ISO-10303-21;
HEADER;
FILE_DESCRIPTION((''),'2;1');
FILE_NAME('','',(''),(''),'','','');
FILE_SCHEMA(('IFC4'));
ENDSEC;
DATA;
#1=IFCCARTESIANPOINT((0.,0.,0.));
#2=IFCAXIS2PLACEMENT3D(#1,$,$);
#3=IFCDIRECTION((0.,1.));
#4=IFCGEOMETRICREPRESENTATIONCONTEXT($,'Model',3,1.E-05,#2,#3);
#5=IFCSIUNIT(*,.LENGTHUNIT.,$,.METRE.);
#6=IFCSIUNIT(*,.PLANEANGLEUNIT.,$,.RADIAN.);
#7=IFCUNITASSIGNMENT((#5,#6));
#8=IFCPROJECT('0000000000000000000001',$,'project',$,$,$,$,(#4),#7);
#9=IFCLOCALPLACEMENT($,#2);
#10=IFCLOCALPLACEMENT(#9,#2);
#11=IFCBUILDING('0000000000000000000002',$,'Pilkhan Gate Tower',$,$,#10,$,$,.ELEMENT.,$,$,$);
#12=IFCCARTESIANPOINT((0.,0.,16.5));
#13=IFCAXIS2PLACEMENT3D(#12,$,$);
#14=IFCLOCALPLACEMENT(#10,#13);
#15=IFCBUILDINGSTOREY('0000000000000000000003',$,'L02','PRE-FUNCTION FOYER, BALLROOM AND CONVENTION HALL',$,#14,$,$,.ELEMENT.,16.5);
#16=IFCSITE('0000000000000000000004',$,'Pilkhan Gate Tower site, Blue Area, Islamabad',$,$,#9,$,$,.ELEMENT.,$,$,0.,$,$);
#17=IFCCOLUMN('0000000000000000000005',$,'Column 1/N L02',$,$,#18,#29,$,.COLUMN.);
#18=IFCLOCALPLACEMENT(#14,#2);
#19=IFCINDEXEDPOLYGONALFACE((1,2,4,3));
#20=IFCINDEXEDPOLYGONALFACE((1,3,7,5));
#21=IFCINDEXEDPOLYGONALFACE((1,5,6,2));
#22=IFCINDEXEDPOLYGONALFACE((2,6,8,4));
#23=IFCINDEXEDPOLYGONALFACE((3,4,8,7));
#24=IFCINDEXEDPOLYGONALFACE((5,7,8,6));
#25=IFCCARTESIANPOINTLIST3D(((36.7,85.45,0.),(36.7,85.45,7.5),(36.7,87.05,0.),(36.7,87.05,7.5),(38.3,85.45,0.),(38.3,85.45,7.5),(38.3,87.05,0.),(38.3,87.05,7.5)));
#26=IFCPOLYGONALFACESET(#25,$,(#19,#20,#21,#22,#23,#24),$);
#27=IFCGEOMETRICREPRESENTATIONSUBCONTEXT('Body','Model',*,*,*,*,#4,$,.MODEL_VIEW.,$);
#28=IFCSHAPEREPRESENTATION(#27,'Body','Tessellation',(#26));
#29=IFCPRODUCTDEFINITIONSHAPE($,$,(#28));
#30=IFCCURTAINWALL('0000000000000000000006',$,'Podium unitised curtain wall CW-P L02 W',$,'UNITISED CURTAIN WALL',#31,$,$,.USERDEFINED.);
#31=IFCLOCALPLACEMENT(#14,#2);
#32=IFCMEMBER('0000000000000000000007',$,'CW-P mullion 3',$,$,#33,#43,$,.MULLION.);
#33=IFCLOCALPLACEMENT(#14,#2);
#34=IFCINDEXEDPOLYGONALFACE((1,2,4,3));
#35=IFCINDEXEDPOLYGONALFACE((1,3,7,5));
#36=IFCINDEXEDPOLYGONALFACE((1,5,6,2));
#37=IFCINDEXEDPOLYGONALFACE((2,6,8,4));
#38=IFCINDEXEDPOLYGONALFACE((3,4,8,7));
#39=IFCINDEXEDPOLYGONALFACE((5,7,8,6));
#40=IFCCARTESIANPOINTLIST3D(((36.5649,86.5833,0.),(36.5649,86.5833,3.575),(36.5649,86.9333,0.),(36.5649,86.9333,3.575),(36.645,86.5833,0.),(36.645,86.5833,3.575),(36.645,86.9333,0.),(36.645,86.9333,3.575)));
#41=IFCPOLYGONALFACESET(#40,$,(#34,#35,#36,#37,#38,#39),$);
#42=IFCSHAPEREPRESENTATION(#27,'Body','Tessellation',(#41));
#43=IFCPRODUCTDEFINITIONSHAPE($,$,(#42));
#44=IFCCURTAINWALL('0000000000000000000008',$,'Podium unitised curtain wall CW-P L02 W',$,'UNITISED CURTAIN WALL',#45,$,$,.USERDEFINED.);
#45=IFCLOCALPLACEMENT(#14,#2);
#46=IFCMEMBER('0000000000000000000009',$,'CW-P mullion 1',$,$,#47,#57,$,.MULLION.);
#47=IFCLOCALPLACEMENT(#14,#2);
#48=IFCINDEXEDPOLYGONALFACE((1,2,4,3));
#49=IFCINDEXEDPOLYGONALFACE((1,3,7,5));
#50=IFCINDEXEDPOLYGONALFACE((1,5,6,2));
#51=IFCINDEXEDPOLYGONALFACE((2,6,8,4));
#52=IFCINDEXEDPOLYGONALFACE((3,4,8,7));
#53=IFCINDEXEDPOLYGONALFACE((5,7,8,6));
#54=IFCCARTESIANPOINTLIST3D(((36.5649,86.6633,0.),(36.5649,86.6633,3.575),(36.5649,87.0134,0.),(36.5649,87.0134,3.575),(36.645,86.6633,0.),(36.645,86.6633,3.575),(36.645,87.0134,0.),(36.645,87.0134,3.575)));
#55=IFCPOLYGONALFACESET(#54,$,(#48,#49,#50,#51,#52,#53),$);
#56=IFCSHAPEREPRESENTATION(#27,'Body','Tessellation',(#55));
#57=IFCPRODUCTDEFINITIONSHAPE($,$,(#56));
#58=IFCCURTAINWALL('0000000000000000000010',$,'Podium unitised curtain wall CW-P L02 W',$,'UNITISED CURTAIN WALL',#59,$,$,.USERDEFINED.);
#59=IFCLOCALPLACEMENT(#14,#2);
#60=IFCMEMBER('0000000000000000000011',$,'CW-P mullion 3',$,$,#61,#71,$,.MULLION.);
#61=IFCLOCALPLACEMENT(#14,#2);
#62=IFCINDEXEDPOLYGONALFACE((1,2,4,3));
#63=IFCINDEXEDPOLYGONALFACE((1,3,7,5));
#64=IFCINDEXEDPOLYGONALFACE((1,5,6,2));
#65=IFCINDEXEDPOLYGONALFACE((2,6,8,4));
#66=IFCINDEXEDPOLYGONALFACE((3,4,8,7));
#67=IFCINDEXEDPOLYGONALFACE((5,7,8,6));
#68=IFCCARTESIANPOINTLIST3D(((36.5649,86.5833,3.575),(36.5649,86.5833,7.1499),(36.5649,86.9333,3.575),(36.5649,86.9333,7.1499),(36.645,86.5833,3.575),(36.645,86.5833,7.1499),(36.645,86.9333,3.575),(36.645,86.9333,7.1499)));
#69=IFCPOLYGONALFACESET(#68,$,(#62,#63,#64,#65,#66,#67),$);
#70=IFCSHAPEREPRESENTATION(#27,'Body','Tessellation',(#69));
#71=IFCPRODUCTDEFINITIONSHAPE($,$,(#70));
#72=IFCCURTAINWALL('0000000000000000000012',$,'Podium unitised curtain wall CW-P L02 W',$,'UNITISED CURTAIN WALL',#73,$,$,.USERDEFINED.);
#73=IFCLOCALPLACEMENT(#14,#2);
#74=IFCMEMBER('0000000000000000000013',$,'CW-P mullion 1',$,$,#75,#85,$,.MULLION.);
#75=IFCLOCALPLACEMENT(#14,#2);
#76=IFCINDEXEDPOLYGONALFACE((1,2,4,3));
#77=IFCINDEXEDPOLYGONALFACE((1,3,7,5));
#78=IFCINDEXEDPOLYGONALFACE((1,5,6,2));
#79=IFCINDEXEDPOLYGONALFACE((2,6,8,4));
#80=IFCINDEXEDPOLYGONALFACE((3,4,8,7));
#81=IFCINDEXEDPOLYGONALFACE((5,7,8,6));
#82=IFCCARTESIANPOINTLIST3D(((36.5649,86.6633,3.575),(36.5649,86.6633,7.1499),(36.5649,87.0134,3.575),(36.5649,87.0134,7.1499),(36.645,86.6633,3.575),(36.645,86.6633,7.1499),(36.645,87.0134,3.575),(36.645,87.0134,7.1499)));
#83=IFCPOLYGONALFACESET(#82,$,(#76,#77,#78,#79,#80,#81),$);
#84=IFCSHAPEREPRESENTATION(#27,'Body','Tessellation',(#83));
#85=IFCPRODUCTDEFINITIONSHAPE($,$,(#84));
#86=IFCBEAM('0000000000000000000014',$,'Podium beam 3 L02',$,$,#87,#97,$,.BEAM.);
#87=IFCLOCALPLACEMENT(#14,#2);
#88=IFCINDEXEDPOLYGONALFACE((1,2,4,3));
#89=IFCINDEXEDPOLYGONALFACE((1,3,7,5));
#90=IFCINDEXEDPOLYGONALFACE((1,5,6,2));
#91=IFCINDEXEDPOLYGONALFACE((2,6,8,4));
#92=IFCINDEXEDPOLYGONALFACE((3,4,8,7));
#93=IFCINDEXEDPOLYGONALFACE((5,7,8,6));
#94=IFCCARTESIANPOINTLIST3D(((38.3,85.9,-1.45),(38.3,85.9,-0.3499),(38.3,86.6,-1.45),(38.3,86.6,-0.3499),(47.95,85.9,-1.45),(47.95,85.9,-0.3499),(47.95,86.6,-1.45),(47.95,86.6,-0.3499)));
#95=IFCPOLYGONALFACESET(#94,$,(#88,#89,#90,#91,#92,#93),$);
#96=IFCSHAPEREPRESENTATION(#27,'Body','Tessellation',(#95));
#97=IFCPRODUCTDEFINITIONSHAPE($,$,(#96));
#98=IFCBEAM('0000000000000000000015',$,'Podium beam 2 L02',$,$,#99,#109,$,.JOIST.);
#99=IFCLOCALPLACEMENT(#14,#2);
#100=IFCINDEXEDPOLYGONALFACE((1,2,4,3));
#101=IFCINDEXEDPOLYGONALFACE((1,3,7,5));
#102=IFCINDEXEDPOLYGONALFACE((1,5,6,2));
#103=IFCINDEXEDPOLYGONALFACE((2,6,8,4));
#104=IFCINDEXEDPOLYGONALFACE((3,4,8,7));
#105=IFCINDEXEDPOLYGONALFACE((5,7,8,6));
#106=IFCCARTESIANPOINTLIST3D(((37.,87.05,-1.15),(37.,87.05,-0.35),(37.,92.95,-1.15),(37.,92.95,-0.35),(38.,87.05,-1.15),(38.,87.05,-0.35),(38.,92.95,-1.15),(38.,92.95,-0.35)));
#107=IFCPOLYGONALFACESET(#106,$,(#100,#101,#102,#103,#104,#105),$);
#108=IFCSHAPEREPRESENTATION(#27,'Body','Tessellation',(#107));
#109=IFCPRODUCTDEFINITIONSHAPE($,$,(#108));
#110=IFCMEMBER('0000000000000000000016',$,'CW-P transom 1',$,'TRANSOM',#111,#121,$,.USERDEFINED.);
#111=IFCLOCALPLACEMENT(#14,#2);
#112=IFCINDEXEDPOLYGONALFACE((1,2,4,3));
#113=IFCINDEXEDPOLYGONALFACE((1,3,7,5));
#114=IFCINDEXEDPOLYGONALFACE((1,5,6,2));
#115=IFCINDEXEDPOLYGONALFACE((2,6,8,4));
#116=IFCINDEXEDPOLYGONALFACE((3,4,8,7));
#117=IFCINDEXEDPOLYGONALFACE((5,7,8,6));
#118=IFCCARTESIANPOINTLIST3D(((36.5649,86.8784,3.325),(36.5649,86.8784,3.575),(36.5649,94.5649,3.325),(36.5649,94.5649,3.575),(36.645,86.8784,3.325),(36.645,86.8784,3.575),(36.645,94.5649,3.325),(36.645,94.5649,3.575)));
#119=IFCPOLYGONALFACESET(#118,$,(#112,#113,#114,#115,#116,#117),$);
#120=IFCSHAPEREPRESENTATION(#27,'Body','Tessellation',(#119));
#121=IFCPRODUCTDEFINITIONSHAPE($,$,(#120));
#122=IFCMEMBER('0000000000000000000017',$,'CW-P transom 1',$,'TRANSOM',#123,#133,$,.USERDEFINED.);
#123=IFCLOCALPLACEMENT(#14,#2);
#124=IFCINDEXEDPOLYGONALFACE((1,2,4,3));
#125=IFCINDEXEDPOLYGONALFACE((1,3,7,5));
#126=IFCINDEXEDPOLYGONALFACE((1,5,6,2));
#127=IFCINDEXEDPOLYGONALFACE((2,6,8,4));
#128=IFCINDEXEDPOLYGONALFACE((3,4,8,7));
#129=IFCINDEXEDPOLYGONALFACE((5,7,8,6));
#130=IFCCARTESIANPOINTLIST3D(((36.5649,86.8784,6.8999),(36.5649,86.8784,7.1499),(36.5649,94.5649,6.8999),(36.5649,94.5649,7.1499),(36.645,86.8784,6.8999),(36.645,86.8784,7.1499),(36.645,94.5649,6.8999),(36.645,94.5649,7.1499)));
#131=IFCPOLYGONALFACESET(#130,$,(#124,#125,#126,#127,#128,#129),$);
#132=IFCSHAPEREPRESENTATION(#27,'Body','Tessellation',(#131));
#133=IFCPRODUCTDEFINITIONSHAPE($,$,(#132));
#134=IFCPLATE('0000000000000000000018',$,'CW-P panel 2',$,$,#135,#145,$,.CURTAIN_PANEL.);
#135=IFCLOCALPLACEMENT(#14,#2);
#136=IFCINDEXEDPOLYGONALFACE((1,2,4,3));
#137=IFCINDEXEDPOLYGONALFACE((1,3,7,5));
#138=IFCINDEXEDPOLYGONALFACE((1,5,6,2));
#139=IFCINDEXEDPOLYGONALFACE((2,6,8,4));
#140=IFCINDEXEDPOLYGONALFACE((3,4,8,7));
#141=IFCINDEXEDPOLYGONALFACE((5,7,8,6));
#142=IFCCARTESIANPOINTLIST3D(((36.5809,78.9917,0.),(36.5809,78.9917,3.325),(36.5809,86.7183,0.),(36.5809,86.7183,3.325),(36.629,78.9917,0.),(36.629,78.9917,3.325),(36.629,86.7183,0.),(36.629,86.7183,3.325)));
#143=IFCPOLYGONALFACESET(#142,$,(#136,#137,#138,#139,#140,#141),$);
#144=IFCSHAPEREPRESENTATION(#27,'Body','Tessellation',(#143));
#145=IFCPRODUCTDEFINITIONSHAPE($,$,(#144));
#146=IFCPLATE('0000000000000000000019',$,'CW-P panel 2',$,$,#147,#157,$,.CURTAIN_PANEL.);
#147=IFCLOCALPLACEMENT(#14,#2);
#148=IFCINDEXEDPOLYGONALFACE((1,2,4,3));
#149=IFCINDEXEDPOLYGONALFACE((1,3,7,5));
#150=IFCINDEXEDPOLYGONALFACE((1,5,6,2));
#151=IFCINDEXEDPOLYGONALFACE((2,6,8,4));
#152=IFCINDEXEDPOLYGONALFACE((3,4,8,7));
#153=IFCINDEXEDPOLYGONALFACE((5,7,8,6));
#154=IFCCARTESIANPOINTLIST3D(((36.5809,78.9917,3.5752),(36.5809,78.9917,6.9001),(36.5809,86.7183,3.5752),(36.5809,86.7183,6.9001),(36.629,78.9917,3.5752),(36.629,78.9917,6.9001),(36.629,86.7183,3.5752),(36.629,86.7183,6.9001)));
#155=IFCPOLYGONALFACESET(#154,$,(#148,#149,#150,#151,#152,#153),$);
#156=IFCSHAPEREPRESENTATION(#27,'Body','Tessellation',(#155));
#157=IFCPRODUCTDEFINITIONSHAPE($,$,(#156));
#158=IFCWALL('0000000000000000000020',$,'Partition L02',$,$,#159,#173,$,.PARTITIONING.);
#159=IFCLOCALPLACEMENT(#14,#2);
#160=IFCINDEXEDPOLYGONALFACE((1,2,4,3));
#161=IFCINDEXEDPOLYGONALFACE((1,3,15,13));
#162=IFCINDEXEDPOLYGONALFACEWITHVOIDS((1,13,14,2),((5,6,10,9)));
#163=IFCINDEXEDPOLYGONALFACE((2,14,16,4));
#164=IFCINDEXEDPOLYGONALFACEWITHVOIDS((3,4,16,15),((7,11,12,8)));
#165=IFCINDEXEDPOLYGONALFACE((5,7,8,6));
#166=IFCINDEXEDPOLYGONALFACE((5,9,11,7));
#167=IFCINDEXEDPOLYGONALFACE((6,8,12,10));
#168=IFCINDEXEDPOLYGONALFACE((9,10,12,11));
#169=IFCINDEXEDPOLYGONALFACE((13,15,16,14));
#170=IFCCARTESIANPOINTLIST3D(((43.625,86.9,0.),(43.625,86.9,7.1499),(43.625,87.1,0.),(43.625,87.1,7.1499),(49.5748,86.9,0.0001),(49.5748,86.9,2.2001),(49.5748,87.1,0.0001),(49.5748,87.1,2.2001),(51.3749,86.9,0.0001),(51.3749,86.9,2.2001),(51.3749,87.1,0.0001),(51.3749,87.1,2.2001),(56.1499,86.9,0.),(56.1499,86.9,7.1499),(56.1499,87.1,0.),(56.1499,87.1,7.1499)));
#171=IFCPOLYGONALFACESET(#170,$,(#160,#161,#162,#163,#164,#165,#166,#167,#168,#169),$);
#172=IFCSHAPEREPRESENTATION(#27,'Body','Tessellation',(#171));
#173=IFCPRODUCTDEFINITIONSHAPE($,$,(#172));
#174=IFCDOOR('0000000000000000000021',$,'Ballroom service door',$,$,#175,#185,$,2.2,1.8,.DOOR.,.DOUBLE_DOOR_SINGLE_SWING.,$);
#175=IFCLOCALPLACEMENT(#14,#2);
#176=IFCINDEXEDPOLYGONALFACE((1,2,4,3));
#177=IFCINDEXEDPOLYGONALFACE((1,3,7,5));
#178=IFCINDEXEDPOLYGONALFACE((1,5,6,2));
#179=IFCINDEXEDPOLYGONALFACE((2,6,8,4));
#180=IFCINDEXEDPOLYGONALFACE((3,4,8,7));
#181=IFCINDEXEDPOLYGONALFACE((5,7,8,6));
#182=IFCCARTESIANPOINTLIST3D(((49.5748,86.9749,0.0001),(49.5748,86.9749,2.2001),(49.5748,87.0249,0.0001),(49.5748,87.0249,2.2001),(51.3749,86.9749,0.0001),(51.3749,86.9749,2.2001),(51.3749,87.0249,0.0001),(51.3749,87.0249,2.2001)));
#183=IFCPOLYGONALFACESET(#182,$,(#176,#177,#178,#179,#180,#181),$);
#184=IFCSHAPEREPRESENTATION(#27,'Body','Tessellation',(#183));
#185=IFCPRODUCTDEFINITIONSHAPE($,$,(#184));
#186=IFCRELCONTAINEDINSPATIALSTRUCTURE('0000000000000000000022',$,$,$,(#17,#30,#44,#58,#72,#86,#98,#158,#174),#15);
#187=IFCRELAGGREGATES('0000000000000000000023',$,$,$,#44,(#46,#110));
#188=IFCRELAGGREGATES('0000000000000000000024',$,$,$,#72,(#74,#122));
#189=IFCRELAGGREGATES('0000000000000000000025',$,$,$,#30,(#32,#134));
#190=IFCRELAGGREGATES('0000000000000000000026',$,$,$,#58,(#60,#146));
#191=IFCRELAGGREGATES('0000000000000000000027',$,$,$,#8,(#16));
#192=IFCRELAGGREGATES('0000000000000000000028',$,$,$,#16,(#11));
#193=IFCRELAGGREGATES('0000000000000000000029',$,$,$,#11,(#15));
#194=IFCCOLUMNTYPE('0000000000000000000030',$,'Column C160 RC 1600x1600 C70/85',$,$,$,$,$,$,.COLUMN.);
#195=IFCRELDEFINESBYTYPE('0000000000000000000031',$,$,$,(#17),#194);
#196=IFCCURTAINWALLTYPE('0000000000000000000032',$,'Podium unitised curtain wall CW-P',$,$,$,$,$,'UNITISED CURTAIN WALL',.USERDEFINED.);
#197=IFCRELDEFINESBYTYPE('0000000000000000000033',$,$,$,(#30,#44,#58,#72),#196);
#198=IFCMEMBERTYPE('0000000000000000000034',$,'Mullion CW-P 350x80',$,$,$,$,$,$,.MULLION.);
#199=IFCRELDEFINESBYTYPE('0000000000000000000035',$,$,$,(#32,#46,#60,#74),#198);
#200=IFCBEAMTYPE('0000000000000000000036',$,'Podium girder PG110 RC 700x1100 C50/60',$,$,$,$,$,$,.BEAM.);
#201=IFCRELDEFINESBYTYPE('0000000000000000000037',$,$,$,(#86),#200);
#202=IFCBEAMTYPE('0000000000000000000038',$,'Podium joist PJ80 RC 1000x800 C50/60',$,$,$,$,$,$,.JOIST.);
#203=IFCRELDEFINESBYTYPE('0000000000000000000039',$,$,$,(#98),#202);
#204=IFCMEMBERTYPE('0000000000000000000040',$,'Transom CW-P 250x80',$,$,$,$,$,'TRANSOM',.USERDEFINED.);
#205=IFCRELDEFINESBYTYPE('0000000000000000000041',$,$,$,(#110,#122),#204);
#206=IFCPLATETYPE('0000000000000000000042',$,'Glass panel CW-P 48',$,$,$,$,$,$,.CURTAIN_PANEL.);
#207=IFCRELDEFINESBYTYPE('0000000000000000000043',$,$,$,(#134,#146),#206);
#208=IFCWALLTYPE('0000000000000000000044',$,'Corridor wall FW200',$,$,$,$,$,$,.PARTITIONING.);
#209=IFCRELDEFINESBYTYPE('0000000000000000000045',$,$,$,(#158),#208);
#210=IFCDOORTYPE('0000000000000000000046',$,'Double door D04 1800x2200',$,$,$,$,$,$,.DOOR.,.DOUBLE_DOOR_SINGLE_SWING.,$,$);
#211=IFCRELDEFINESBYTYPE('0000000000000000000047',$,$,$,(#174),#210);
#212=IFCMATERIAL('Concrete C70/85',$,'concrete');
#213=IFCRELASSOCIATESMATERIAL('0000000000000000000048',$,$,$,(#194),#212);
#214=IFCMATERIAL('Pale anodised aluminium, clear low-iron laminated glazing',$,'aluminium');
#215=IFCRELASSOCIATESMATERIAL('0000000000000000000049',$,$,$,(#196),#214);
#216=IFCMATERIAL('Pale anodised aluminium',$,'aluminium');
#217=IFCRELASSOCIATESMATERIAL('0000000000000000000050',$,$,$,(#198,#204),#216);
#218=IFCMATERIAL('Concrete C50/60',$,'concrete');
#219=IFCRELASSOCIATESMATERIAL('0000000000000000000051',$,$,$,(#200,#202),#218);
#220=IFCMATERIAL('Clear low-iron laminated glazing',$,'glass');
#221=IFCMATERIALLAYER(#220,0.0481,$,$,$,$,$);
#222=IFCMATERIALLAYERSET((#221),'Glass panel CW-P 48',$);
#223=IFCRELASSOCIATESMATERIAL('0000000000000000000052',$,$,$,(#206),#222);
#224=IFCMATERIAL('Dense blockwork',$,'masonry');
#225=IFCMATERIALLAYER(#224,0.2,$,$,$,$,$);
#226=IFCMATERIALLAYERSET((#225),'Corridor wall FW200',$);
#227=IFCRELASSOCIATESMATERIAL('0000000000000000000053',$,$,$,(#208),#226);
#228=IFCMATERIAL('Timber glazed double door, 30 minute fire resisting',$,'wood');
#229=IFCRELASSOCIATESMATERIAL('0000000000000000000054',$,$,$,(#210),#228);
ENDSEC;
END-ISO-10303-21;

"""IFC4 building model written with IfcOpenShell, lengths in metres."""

from ifc_helpers import new_model, si_unit, direction, frame, frame_2d, origin, origin_2d, place, context, subcontext, project, spatial, rectangle, extrude, material, layer, layer_set, material_profile, profile_set, type_object, element, fill, aggregate, save


model = new_model("IFC4")

# Units and contexts
model_context = context("Model", 3, precision=1e-05, world=origin(), true_north=direction((0.0, 1.0)))
body_context = subcontext(model_context, "Body", "Model", "MODEL_VIEW")
ifc_project = project(units=[si_unit("LENGTHUNIT", "METRE"), si_unit("PLANEANGLEUNIT", "RADIAN")], contexts=[model_context])

# Site, building, storey
site_placement = place(None, origin())
site = spatial("IfcSite", under=ifc_project, at=site_placement, Name="Pilkhan Gate Tower site, Blue Area, Islamabad", CompositionType="ELEMENT", RefElevation=0.0)
building_placement = place(site_placement, origin())
building = spatial("IfcBuilding", under=site, at=building_placement, Name="Pilkhan Gate Tower", CompositionType="ELEMENT")
storey_placement = place(building_placement, frame((0.0, 0.0, 16.5)))
storey = spatial("IfcBuildingStorey", under=building, at=storey_placement, Name="L02", Description="PRE-FUNCTION FOYER, BALLROOM AND CONVENTION HALL", CompositionType="ELEMENT", Elevation=16.5)

# Column
ifc_material_1 = material(Name="Concrete C70/85", Category="concrete")
ifc_material_profile_1 = material_profile(ifc_material_1, rectangle(XDim=1.6001, YDim=1.6001, at=origin_2d()), Name="RC 1600x1600")
ifc_profile_set_1 = profile_set([ifc_material_profile_1], Name="Concrete C70/85")
column_type = type_object("IfcColumnType", Name="Column C160 RC 1600x1600 C70/85", PredefinedType="COLUMN", material=ifc_profile_set_1)
column_placement = place(storey_placement, frame((37.5, 86.25, 0.0), z_axis=(0.0, 0.0, 1.0), x_axis=(1.0, 0.0, 0.0)))
element("IfcColumn", 1, at=column_placement, inside=storey, type_object=column_type, Name="Column 1/N L02", PredefinedType="COLUMN", context=body_context, shape_type="SweptSolid", body=[
    extrude(rectangle(XDim=1.6001, YDim=1.6001, at=origin_2d()), origin(), (0.0, 0.0, 1.0), 7.5),
])

# Curtain walls, members
ifc_material_2 = material(Name="Pale anodised aluminium, clear low-iron laminated glazing", Category="aluminium")
curtain_wall_type = type_object("IfcCurtainWallType", Name="Podium unitised curtain wall CW-P", ElementType="UNITISED CURTAIN WALL", PredefinedType="USERDEFINED", material=ifc_material_2)
curtain_wall_1_placement = place(storey_placement, origin())
curtain_wall_1 = element("IfcCurtainWall", 2, at=curtain_wall_1_placement, inside=storey, type_object=curtain_wall_type, Name="Podium unitised curtain wall CW-P L02 W", ObjectType="UNITISED CURTAIN WALL", PredefinedType="USERDEFINED")
ifc_material_3 = material(Name="Pale anodised aluminium", Category="aluminium")
ifc_material_profile_2 = material_profile(ifc_material_3, rectangle(XDim=0.0801, YDim=0.3501, at=origin_2d()), Name="Mullion 350x80")
ifc_profile_set_2 = profile_set([ifc_material_profile_2], Name="Pale anodised aluminium")
member_type_1 = type_object("IfcMemberType", Name="Mullion CW-P 350x80", PredefinedType="MULLION", material=ifc_profile_set_2)
member_1_placement = place(storey_placement, frame((36.605, 86.7583, 0.0), z_axis=(0.0, 0.0, 1.0), x_axis=(-1.0, 0.0, 0.0)))
member_1 = element("IfcMember", 3, at=member_1_placement, type_object=member_type_1, Name="CW-P mullion 3", PredefinedType="MULLION", context=body_context, shape_type="SweptSolid", body=[
    extrude(rectangle(XDim=0.0801, YDim=0.3501, at=origin_2d()), origin(), (0.0, 0.0, 1.0), 3.575),
])
curtain_wall_2_placement = place(storey_placement, origin())
curtain_wall_2 = element("IfcCurtainWall", 4, at=curtain_wall_2_placement, inside=storey, type_object=curtain_wall_type, Name="Podium unitised curtain wall CW-P L02 W", ObjectType="UNITISED CURTAIN WALL", PredefinedType="USERDEFINED")
member_2_placement = place(storey_placement, frame((36.605, 86.8384, 0.0), z_axis=(0.0, 0.0, 1.0), x_axis=(-1.0, 0.0, 0.0)))
member_2 = element("IfcMember", 5, at=member_2_placement, type_object=member_type_1, Name="CW-P mullion 1", PredefinedType="MULLION", context=body_context, shape_type="SweptSolid", body=[
    extrude(rectangle(XDim=0.0801, YDim=0.3501, at=origin_2d()), origin(), (0.0, 0.0, 1.0), 3.575),
])
curtain_wall_3_placement = place(storey_placement, origin())
curtain_wall_3 = element("IfcCurtainWall", 6, at=curtain_wall_3_placement, inside=storey, type_object=curtain_wall_type, Name="Podium unitised curtain wall CW-P L02 W", ObjectType="UNITISED CURTAIN WALL", PredefinedType="USERDEFINED")
member_3_placement = place(storey_placement, frame((36.605, 86.7583, 3.575), z_axis=(0.0, 0.0, 1.0), x_axis=(-1.0, 0.0, 0.0)))
member_3 = element("IfcMember", 7, at=member_3_placement, type_object=member_type_1, Name="CW-P mullion 3", PredefinedType="MULLION", context=body_context, shape_type="SweptSolid", body=[
    extrude(rectangle(XDim=0.0801, YDim=0.3501, at=origin_2d()), origin(), (0.0, 0.0, 1.0), 3.575),
])
curtain_wall_4_placement = place(storey_placement, origin())
curtain_wall_4 = element("IfcCurtainWall", 8, at=curtain_wall_4_placement, inside=storey, type_object=curtain_wall_type, Name="Podium unitised curtain wall CW-P L02 W", ObjectType="UNITISED CURTAIN WALL", PredefinedType="USERDEFINED")
member_4_placement = place(storey_placement, frame((36.605, 86.8384, 3.575), z_axis=(0.0, 0.0, 1.0), x_axis=(-1.0, 0.0, 0.0)))
member_4 = element("IfcMember", 9, at=member_4_placement, type_object=member_type_1, Name="CW-P mullion 1", PredefinedType="MULLION", context=body_context, shape_type="SweptSolid", body=[
    extrude(rectangle(XDim=0.0801, YDim=0.3501, at=origin_2d()), origin(), (0.0, 0.0, 1.0), 3.575),
])

# Beams
ifc_material_4 = material(Name="Concrete C50/60", Category="concrete")
ifc_material_profile_3 = material_profile(ifc_material_4, rectangle(XDim=0.7, YDim=1.1001, at=origin_2d()), Name="RC 700x1100")
ifc_profile_set_3 = profile_set([ifc_material_profile_3], Name="Concrete C50/60")
beam_type_1 = type_object("IfcBeamType", Name="Podium girder PG110 RC 700x1100 C50/60", PredefinedType="BEAM", material=ifc_profile_set_3)
beam_1_placement = place(storey_placement, frame((38.3, 86.25, -0.8999), z_axis=(1.0, 0.0, 0.0), x_axis=(0.0, 1.0, 0.0)))
element("IfcBeam", 10, at=beam_1_placement, inside=storey, type_object=beam_type_1, Name="Podium beam 3 L02", PredefinedType="BEAM", context=body_context, shape_type="SweptSolid", body=[
    extrude(rectangle(XDim=0.7, YDim=1.1001, at=origin_2d()), origin(), (0.0, 0.0, 1.0), 9.6499),
])
ifc_material_profile_4 = material_profile(ifc_material_4, rectangle(XDim=1.0, YDim=0.8, at=origin_2d()), Name="RC 1000x800")
ifc_profile_set_4 = profile_set([ifc_material_profile_4], Name="Concrete C50/60")
beam_type_2 = type_object("IfcBeamType", Name="Podium joist PJ80 RC 1000x800 C50/60", PredefinedType="JOIST", material=ifc_profile_set_4)
beam_2_placement = place(storey_placement, frame((37.5, 87.05, -0.75), z_axis=(0.0, 1.0, 0.0), x_axis=(-1.0, 0.0, 0.0)))
element("IfcBeam", 11, at=beam_2_placement, inside=storey, type_object=beam_type_2, Name="Podium beam 2 L02", PredefinedType="JOIST", context=body_context, shape_type="SweptSolid", body=[
    extrude(rectangle(XDim=1.0, YDim=0.8, at=origin_2d()), origin(), (0.0, 0.0, 1.0), 5.8999),
])

# Members
ifc_material_profile_5 = material_profile(ifc_material_3, rectangle(XDim=0.0801, YDim=0.25, at=origin_2d()), Name="Transom 250x80")
ifc_profile_set_5 = profile_set([ifc_material_profile_5], Name="Pale anodised aluminium")
member_type_2 = type_object("IfcMemberType", Name="Transom CW-P 250x80", ElementType="TRANSOM", PredefinedType="USERDEFINED", material=ifc_profile_set_5)
member_5_placement = place(storey_placement, frame((36.605, 86.8784, 3.45), z_axis=(0.0, 1.0, 0.0), x_axis=(-1.0, 0.0, 0.0)))
member_5 = element("IfcMember", 12, at=member_5_placement, type_object=member_type_2, Name="CW-P transom 1", ObjectType="TRANSOM", PredefinedType="USERDEFINED", context=body_context, shape_type="SweptSolid", body=[
    extrude(rectangle(XDim=0.0801, YDim=0.25, at=origin_2d()), origin(), (0.0, 0.0, 1.0), 7.6865),
])
aggregate(curtain_wall_2, [member_2, member_5])
member_6_placement = place(storey_placement, frame((36.605, 86.8784, 7.0249), z_axis=(0.0, 1.0, 0.0), x_axis=(-1.0, 0.0, 0.0)))
member_6 = element("IfcMember", 13, at=member_6_placement, type_object=member_type_2, Name="CW-P transom 1", ObjectType="TRANSOM", PredefinedType="USERDEFINED", context=body_context, shape_type="SweptSolid", body=[
    extrude(rectangle(XDim=0.0801, YDim=0.25, at=origin_2d()), origin(), (0.0, 0.0, 1.0), 7.6865),
])
aggregate(curtain_wall_4, [member_4, member_6])

# Plates
ifc_material_5 = material(Name="Clear low-iron laminated glazing", Category="glass")
ifc_layer_1 = layer(ifc_material_5, 0.0481)
ifc_layer_set_1 = layer_set([ifc_layer_1], Name="Glass panel CW-P 48")
plate_type = type_object("IfcPlateType", Name="Glass panel CW-P 48", PredefinedType="CURTAIN_PANEL", material=ifc_layer_set_1)
plate_1_placement = place(storey_placement, frame((36.605, 82.855, 0.0), z_axis=(0.0, 0.0, 1.0), x_axis=(0.0, 1.0, 0.0)))
plate_1 = element("IfcPlate", 14, at=plate_1_placement, type_object=plate_type, Name="CW-P panel 2", PredefinedType="CURTAIN_PANEL", context=body_context, shape_type="SweptSolid", body=[
    extrude(rectangle(XDim=7.7266, YDim=0.0481, at=origin_2d()), origin(), (0.0, 0.0, 1.0), 3.325),
])
aggregate(curtain_wall_1, [member_1, plate_1])
plate_2_placement = place(storey_placement, frame((36.605, 82.855, 3.5752), z_axis=(0.0, 0.0, 1.0), x_axis=(0.0, 1.0, 0.0)))
plate_2 = element("IfcPlate", 15, at=plate_2_placement, type_object=plate_type, Name="CW-P panel 2", PredefinedType="CURTAIN_PANEL", context=body_context, shape_type="SweptSolid", body=[
    extrude(rectangle(XDim=7.7266, YDim=0.0481, at=origin_2d()), origin(), (0.0, 0.0, 1.0), 3.325),
])
aggregate(curtain_wall_3, [member_3, plate_2])

# Wall, opening, door
ifc_material_6 = material(Name="Dense blockwork", Category="masonry")
ifc_layer_2 = layer(ifc_material_6, 0.2)
ifc_layer_set_2 = layer_set([ifc_layer_2], Name="Corridor wall FW200")
wall_type_1 = type_object("IfcWallType", Name="Corridor wall FW200", PredefinedType="PARTITIONING", material=ifc_layer_set_2)
wall_1_placement = place(storey_placement, frame((43.625, 87.0, 0.0), z_axis=(0.0, 0.0, 1.0), x_axis=(1.0, 0.0, 0.0)))
wall_1 = element("IfcWall", 16, at=wall_1_placement, inside=storey, type_object=wall_type_1, Name="Partition L02", PredefinedType="PARTITIONING", context=body_context, shape_type="SweptSolid", body=[
    extrude(rectangle(XDim=12.5249, YDim=0.2, at=frame_2d((6.2625, 0.0))), origin(), (0.0, 0.0, 1.0), 7.1499),
])
opening_1_placement = place(wall_1_placement, frame((5.95, 0.0, 0.0)))
opening_1 = element("IfcOpeningElement", 17, at=opening_1_placement, cuts=wall_1, PredefinedType="OPENING", context=body_context, shape_type="SweptSolid", body=[
    extrude(rectangle(XDim=1.8, YDim=2.2, at=frame_2d((0.8999, 1.1001))), frame((0.0, 0.1099, 0.0), z_axis=(0.0, -1.0, 0.0), x_axis=(1.0, 0.0, 0.0)), (0.0, 0.0, 1.0), 0.22),
])
ifc_material_7 = material(Name="Timber glazed double door, 30 minute fire resisting", Category="wood")
door_type_1 = type_object("IfcDoorType", Name="Double door D04 1800x2200", OperationType="DOUBLE_DOOR_SINGLE_SWING", PredefinedType="DOOR", material=ifc_material_7)
door_1_placement = place(opening_1_placement, origin())
door_1 = element("IfcDoor", 18, at=door_1_placement, inside=storey, type_object=door_type_1, Name="Ballroom service door", OperationType="DOUBLE_DOOR_SINGLE_SWING", OverallHeight=2.2, OverallWidth=1.8, PredefinedType="DOOR", context=body_context, shape_type="SweptSolid", body=[
    extrude(rectangle(XDim=1.8, YDim=2.2, at=frame_2d((0.8999, 1.1001))), frame((0.0, 0.0249, 0.0), z_axis=(0.0, -1.0, 0.0), x_axis=(1.0, 0.0, 0.0)), (0.0, 0.0, 1.0), 0.05),
])
fill(opening_1, door_1)

save(model, "model.ifc")
